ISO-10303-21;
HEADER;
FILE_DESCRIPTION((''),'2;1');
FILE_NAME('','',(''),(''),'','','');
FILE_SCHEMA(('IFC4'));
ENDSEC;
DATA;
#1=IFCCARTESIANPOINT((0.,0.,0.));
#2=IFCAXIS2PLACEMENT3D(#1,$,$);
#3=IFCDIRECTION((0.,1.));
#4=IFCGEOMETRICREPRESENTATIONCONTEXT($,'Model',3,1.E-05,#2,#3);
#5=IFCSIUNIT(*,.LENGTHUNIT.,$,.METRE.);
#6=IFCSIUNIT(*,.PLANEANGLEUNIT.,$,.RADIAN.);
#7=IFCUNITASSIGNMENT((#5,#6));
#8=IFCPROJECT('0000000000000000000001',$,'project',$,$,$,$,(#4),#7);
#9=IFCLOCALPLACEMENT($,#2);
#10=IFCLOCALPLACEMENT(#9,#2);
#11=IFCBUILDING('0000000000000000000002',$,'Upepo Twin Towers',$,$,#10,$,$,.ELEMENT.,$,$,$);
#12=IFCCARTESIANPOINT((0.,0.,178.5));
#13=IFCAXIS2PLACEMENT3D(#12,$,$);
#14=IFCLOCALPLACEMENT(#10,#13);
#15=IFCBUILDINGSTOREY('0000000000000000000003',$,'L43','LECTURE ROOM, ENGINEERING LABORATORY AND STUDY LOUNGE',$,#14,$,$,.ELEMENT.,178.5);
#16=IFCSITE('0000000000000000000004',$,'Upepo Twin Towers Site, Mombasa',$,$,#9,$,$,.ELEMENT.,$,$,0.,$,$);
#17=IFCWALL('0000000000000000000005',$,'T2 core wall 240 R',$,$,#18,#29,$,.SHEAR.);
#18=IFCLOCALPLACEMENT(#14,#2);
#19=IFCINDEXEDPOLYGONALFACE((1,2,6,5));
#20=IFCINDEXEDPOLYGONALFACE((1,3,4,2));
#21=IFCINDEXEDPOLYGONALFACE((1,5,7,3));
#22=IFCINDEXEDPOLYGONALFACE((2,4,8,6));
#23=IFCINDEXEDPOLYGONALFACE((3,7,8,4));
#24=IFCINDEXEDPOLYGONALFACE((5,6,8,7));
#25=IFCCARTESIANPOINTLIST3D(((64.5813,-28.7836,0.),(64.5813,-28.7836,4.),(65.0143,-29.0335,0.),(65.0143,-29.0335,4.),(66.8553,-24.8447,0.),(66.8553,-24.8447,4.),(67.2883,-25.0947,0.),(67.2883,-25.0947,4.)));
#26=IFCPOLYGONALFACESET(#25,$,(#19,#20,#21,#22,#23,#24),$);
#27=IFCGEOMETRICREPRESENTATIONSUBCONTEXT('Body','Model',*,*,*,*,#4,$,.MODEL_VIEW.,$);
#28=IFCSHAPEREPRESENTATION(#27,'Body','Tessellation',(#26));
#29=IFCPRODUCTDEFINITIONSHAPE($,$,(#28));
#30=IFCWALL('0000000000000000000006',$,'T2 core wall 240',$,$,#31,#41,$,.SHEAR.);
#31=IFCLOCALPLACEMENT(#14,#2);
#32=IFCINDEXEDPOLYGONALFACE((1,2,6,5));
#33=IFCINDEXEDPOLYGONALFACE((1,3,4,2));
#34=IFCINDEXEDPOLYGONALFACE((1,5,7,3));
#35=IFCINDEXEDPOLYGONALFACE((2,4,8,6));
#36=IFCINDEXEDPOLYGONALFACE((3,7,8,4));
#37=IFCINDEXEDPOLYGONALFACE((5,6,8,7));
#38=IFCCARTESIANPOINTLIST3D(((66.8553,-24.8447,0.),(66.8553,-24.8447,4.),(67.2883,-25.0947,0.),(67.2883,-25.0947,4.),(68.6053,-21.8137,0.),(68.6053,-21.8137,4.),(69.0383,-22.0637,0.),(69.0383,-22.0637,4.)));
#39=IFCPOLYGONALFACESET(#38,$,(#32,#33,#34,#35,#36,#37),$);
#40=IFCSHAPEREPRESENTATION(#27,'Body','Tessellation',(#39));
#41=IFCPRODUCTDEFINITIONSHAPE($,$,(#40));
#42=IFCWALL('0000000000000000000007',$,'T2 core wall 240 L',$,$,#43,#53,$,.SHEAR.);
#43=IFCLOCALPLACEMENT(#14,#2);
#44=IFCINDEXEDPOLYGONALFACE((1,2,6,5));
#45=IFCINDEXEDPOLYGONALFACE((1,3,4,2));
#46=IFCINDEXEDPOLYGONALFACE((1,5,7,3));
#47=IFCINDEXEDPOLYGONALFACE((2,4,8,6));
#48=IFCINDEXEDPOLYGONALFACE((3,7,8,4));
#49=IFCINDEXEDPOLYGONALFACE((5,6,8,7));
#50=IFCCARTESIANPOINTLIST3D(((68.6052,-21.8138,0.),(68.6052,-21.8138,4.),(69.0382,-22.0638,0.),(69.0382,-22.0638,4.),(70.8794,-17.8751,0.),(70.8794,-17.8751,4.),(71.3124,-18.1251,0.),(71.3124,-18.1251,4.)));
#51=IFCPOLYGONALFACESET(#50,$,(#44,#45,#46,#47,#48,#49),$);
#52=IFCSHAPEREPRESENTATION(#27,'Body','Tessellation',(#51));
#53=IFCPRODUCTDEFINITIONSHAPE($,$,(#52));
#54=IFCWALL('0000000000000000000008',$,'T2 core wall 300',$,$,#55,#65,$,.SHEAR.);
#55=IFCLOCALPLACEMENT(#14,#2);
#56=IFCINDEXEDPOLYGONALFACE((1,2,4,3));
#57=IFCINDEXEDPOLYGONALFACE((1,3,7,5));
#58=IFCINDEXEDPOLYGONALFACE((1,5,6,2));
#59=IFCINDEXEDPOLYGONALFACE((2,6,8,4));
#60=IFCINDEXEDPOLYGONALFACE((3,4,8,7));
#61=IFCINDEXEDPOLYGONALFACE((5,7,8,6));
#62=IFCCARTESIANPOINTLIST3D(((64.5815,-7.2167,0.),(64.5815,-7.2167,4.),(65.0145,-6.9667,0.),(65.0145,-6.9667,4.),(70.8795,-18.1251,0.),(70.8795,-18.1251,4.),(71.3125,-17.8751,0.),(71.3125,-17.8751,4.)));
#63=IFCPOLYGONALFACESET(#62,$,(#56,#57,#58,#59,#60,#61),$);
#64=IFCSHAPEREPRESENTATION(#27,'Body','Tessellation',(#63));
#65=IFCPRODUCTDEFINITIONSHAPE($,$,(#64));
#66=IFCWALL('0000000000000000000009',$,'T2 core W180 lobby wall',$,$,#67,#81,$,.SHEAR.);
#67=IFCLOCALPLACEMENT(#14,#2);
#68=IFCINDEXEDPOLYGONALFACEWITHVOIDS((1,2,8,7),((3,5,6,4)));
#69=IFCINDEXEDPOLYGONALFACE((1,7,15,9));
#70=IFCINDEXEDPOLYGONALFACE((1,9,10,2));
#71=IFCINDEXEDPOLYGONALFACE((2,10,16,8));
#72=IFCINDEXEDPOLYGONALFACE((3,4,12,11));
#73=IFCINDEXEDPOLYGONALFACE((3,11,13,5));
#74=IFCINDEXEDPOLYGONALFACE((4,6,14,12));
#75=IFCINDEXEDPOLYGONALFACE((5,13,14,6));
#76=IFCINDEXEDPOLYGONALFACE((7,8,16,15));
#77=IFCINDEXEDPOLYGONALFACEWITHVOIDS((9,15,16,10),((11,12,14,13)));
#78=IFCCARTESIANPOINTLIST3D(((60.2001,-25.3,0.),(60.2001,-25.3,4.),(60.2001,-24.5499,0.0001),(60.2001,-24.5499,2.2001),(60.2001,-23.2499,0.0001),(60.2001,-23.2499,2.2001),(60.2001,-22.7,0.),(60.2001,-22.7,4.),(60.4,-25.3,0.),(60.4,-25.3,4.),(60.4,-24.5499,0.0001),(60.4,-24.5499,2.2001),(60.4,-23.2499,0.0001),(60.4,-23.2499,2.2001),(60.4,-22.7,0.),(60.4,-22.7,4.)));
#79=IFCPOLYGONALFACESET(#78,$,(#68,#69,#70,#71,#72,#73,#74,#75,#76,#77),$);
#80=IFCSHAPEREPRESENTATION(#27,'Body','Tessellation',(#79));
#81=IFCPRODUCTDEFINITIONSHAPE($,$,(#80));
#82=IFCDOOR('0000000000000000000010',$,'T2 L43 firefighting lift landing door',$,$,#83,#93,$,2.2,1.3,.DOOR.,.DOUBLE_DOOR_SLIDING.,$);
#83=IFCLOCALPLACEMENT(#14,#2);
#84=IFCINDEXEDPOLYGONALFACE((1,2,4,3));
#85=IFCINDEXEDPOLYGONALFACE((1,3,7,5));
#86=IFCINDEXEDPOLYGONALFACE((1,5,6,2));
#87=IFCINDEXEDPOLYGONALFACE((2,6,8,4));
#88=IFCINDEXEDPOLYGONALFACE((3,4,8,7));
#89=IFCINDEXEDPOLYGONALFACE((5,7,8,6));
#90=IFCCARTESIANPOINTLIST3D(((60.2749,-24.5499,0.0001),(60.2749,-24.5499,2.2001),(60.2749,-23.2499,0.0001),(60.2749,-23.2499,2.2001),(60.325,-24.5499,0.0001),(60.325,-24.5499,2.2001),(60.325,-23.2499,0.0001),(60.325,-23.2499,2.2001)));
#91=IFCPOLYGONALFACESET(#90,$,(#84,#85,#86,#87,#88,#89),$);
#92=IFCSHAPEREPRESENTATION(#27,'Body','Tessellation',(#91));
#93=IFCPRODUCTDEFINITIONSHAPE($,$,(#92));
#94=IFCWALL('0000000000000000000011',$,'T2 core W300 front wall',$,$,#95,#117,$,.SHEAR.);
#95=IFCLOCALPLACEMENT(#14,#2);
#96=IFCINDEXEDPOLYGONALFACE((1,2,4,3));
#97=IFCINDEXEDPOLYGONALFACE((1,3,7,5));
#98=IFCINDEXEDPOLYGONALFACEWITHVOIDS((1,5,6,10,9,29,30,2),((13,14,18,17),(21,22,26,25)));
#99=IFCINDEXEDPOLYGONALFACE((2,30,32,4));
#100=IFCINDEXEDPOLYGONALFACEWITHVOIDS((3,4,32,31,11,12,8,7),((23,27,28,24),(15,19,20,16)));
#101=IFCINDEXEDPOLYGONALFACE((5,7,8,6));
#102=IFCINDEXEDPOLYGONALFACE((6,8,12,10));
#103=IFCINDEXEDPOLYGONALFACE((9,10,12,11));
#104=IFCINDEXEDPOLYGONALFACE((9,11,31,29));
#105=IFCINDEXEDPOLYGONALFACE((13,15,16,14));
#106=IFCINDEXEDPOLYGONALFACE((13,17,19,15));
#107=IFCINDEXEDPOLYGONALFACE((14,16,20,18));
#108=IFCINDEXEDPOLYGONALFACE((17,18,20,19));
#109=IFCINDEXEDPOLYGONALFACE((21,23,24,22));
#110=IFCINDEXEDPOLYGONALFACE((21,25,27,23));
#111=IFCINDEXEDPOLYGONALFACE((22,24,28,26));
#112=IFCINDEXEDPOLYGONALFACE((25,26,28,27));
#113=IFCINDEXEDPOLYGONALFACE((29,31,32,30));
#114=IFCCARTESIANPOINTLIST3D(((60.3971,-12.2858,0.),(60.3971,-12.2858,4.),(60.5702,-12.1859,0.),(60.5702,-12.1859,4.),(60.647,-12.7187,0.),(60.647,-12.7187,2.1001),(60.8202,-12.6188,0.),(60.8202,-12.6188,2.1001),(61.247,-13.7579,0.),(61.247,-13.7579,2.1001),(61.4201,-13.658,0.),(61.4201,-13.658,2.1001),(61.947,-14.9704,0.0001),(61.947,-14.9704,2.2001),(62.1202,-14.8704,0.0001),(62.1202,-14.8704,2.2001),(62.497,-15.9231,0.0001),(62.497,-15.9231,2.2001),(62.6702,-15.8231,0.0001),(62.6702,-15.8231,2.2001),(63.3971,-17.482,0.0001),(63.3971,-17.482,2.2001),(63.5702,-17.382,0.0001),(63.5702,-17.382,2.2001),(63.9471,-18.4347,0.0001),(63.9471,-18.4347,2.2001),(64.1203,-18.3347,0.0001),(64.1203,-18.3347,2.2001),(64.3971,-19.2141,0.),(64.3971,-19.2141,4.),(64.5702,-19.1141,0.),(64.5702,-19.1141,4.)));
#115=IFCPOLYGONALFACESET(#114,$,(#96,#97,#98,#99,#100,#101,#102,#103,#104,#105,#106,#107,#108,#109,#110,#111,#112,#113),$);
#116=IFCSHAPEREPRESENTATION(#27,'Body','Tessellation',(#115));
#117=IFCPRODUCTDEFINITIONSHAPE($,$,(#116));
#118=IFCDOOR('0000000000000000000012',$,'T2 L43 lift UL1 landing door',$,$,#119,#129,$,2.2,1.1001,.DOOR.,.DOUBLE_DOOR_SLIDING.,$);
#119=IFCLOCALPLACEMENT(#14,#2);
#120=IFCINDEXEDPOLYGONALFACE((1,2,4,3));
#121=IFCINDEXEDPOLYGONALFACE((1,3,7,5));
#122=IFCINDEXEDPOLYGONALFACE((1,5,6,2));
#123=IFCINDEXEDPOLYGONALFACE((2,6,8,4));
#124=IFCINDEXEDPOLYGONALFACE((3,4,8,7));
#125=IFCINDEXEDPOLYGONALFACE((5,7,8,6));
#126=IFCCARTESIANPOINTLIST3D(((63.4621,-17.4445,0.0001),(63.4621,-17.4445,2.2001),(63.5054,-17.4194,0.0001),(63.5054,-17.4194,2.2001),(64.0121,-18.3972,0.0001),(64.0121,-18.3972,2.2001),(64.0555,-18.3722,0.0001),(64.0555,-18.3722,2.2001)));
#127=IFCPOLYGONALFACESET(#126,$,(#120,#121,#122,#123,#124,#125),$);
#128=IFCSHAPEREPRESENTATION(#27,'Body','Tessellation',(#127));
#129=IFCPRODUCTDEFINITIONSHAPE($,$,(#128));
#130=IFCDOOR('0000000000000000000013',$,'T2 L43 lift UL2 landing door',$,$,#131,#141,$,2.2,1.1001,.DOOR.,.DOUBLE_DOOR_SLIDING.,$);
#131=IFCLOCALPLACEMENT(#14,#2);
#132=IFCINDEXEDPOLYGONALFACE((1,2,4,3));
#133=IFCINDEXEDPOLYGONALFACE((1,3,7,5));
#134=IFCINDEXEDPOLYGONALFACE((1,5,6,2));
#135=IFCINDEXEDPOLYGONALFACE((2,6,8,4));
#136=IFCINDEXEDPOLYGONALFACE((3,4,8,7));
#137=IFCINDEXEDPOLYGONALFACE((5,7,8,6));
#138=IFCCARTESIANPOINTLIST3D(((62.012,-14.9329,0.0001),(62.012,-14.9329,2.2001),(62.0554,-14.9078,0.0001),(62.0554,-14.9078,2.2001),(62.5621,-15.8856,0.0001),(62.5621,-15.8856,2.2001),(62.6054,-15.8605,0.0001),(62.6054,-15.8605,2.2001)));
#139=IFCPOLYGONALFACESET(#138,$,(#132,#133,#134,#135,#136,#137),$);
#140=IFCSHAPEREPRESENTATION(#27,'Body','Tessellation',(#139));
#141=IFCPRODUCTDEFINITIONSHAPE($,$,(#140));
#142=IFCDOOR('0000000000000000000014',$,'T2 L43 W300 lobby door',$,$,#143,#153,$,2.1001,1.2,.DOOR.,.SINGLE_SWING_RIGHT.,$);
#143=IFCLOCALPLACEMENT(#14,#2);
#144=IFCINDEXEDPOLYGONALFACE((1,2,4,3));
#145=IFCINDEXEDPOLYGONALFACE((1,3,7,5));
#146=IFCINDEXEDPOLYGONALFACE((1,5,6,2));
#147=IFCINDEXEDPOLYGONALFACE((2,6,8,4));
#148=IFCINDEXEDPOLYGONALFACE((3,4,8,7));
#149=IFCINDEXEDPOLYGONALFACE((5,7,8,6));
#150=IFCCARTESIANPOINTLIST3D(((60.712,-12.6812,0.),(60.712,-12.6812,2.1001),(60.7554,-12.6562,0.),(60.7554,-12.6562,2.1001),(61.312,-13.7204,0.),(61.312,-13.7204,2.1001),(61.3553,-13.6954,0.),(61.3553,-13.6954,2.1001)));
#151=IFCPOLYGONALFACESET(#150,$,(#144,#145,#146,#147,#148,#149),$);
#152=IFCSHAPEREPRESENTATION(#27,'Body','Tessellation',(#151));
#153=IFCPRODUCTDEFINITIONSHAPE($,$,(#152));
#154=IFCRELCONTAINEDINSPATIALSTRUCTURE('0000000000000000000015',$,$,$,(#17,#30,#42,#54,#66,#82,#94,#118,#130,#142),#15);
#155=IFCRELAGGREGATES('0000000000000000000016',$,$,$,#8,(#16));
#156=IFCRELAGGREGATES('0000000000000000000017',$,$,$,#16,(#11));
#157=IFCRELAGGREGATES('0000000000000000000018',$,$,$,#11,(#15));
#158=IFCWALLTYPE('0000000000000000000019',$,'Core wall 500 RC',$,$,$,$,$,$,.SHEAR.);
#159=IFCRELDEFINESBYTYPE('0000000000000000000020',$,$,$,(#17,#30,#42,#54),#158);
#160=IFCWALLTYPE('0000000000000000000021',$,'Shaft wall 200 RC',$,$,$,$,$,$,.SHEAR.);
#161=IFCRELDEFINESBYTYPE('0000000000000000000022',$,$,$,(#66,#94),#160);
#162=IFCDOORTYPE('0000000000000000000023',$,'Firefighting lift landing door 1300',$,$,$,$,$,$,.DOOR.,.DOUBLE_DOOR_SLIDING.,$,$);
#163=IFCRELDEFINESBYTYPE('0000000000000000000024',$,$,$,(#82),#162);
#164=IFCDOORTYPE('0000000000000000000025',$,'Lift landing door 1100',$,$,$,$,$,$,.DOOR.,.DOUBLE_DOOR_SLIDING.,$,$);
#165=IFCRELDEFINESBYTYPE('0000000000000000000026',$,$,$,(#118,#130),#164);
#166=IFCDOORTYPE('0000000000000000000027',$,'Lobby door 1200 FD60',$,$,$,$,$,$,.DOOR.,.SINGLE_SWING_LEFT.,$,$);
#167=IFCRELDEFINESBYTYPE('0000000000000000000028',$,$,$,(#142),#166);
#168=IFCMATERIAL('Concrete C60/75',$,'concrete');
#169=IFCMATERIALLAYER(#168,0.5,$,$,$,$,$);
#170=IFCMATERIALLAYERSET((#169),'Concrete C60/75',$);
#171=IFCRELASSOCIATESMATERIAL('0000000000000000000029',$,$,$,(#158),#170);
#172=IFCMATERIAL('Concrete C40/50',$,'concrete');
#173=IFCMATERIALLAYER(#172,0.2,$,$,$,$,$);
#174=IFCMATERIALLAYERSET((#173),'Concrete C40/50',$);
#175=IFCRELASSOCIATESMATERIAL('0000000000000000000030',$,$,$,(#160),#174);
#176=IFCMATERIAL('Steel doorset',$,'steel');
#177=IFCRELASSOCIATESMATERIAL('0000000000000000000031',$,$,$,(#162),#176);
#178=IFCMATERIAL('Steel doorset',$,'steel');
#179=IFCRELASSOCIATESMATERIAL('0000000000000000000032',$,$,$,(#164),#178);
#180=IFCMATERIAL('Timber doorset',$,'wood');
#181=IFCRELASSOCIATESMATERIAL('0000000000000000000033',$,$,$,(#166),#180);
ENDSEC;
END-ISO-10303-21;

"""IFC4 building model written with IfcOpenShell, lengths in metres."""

from ifc_helpers import new_model, si_unit, direction, frame, frame_2d, origin, place, context, subcontext, project, spatial, rectangle, extrude, material, layer, layer_set, type_object, element, fill, save


model = new_model("IFC4")

# Units and contexts
model_context = context("Model", 3, precision=1e-05, world=origin(), true_north=direction((0.0, 1.0)))
body_context = subcontext(model_context, "Body", "Model", "MODEL_VIEW")
ifc_project = project(units=[si_unit("LENGTHUNIT", "METRE"), si_unit("PLANEANGLEUNIT", "RADIAN")], contexts=[model_context])

# Site, building, storey
site_placement = place(None, origin())
site = spatial("IfcSite", under=ifc_project, at=site_placement, Name="Upepo Twin Towers Site, Mombasa", CompositionType="ELEMENT", RefElevation=0.0)
building_placement = place(site_placement, origin())
building = spatial("IfcBuilding", under=site, at=building_placement, Name="Upepo Twin Towers", CompositionType="ELEMENT")
storey_placement = place(building_placement, frame((0.0, 0.0, 178.5)))
storey = spatial("IfcBuildingStorey", under=building, at=storey_placement, Name="L43", Description="LECTURE ROOM, ENGINEERING LABORATORY AND STUDY LOUNGE", CompositionType="ELEMENT", Elevation=178.5)

# Walls
ifc_material_1 = material(Name="Concrete C60/75", Category="concrete")
ifc_layer_1 = layer(ifc_material_1, 0.5)
ifc_layer_set_1 = layer_set([ifc_layer_1], Name="Concrete C60/75")
wall_type_1 = type_object("IfcWallType", Name="Core wall 500 RC", PredefinedType="SHEAR", material=ifc_layer_set_1)
wall_1_placement = place(storey_placement, frame((64.7979, -28.9084, 0.0), z_axis=(0.0, 0.0, 1.0), x_axis=(0.499984, 0.866035, 0.0)))
element("IfcWall", 1, at=wall_1_placement, inside=storey, type_object=wall_type_1, Name="T2 core wall 240 R", PredefinedType="SHEAR", context=body_context, shape_type="SweptSolid", body=[
    extrude(rectangle(XDim=4.5481, YDim=0.5, at=frame_2d((2.2739, 0.0))), origin(), (0.0, 0.0, 1.0), 4.0),
])
wall_2_placement = place(storey_placement, frame((67.0718, -24.9697, 0.0), z_axis=(0.0, 0.0, 1.0), x_axis=(0.50001, 0.866019, 0.0)))
element("IfcWall", 2, at=wall_2_placement, inside=storey, type_object=wall_type_1, Name="T2 core wall 240", PredefinedType="SHEAR", context=body_context, shape_type="SweptSolid", body=[
    extrude(rectangle(XDim=3.5, YDim=0.5, at=frame_2d((1.75, 0.0))), origin(), (0.0, 0.0, 1.0), 4.0),
])
wall_3_placement = place(storey_placement, frame((68.8218, -21.9387, 0.0), z_axis=(0.0, 0.0, 1.0), x_axis=(0.500024, 0.866011, 0.0)))
element("IfcWall", 3, at=wall_3_placement, inside=storey, type_object=wall_type_1, Name="T2 core wall 240 L", PredefinedType="SHEAR", context=body_context, shape_type="SweptSolid", body=[
    extrude(rectangle(XDim=4.5481, YDim=0.5, at=frame_2d((2.2739, 0.0))), origin(), (0.0, 0.0, 1.0), 4.0),
])
wall_4_placement = place(storey_placement, frame((71.0959, -18.0, 0.0), z_axis=(0.0, 0.0, 1.0), x_axis=(-0.500006, 0.866022, 0.0)))
element("IfcWall", 4, at=wall_4_placement, inside=storey, type_object=wall_type_1, Name="T2 core wall 300", PredefinedType="SHEAR", context=body_context, shape_type="SweptSolid", body=[
    extrude(rectangle(XDim=12.5959, YDim=0.5, at=frame_2d((6.2979, 0.0))), origin(), (0.0, 0.0, 1.0), 4.0),
])

# Wall, opening, door
ifc_material_2 = material(Name="Concrete C40/50", Category="concrete")
ifc_layer_2 = layer(ifc_material_2, 0.2)
ifc_layer_set_2 = layer_set([ifc_layer_2], Name="Concrete C40/50")
wall_type_2 = type_object("IfcWallType", Name="Shaft wall 200 RC", PredefinedType="SHEAR", material=ifc_layer_set_2)
wall_5_placement = place(storey_placement, frame((60.3, -22.7, 0.0), z_axis=(0.0, 0.0, 1.0), x_axis=(0.0, -1.0, 0.0)))
wall_5 = element("IfcWall", 5, at=wall_5_placement, inside=storey, type_object=wall_type_2, Name="T2 core W180 lobby wall", PredefinedType="SHEAR", context=body_context, shape_type="SweptSolid", body=[
    extrude(rectangle(XDim=2.6001, YDim=0.2, at=frame_2d((1.3, 0.0))), origin(), (0.0, 0.0, 1.0), 4.0),
])
opening_1_placement = place(wall_5_placement, frame((0.55, 0.0, 0.0)))
opening_1 = element("IfcOpeningElement", 6, at=opening_1_placement, cuts=wall_5, PredefinedType="OPENING", context=body_context, shape_type="SweptSolid", body=[
    extrude(rectangle(XDim=1.3, YDim=2.2, at=frame_2d((0.6499, 1.1001))), frame((0.0, 0.1099, 0.0), z_axis=(0.0, -1.0, 0.0), x_axis=(1.0, 0.0, 0.0)), (0.0, 0.0, 1.0), 0.22),
])
ifc_material_3 = material(Name="Steel doorset", Category="steel")
door_type_1 = type_object("IfcDoorType", Name="Firefighting lift landing door 1300", OperationType="DOUBLE_DOOR_SLIDING", PredefinedType="DOOR", material=ifc_material_3)
door_1_placement = place(opening_1_placement, origin())
door_1 = element("IfcDoor", 7, at=door_1_placement, inside=storey, type_object=door_type_1, Name="T2 L43 firefighting lift landing door", OperationType="DOUBLE_DOOR_SLIDING", OverallHeight=2.2, OverallWidth=1.3, PredefinedType="DOOR", context=body_context, shape_type="SweptSolid", body=[
    extrude(rectangle(XDim=1.3, YDim=2.2, at=frame_2d((0.6499, 1.1001))), frame((0.0, 0.0249, 0.0), z_axis=(0.0, -1.0, 0.0), x_axis=(1.0, 0.0, 0.0)), (0.0, 0.0, 1.0), 0.05),
])
fill(opening_1, door_1)

# Wall, openings, doors
wall_6_placement = place(storey_placement, frame((64.4836, -19.1641, 0.0), z_axis=(0.0, 0.0, 1.0), x_axis=(-0.499999, 0.866026, 0.0)))
wall_6 = element("IfcWall", 8, at=wall_6_placement, inside=storey, type_object=wall_type_2, Name="T2 core W300 front wall", PredefinedType="SHEAR", context=body_context, shape_type="SweptSolid", body=[
    extrude(rectangle(XDim=8.0, YDim=0.2, at=frame_2d((4.0, 0.0))), origin(), (0.0, 0.0, 1.0), 4.0),
])
opening_2_placement = place(wall_6_placement, frame((6.3, 0.0, 0.0)))
opening_2 = element("IfcOpeningElement", 9, at=opening_2_placement, cuts=wall_6, PredefinedType="OPENING", context=body_context, shape_type="SweptSolid", body=[
    extrude(rectangle(XDim=1.2, YDim=2.1001, at=frame_2d((0.6001, 1.05))), frame((0.0, 0.1099, 0.0), z_axis=(0.0, -1.0, 0.0), x_axis=(1.0, 0.0, 0.0)), (0.0, 0.0, 1.0), 0.22),
])
opening_3_placement = place(wall_6_placement, frame((0.8999, 0.0, 0.0)))
opening_3 = element("IfcOpeningElement", 10, at=opening_3_placement, cuts=wall_6, PredefinedType="OPENING", context=body_context, shape_type="SweptSolid", body=[
    extrude(rectangle(XDim=1.1001, YDim=2.2, at=frame_2d((0.55, 1.1001))), frame((0.0, 0.1099, 0.0), z_axis=(0.0, -1.0, 0.0), x_axis=(1.0, 0.0, 0.0)), (0.0, 0.0, 1.0), 0.22),
])
opening_4_placement = place(wall_6_placement, frame((3.8, 0.0, 0.0)))
opening_4 = element("IfcOpeningElement", 11, at=opening_4_placement, cuts=wall_6, PredefinedType="OPENING", context=body_context, shape_type="SweptSolid", body=[
    extrude(rectangle(XDim=1.1001, YDim=2.2, at=frame_2d((0.55, 1.1001))), frame((0.0, 0.1099, 0.0), z_axis=(0.0, -1.0, 0.0), x_axis=(1.0, 0.0, 0.0)), (0.0, 0.0, 1.0), 0.22),
])
ifc_material_4 = material(Name="Steel doorset", Category="steel")
door_type_2 = type_object("IfcDoorType", Name="Lift landing door 1100", OperationType="DOUBLE_DOOR_SLIDING", PredefinedType="DOOR", material=ifc_material_4)
door_2_placement = place(opening_3_placement, origin())
door_2 = element("IfcDoor", 12, at=door_2_placement, inside=storey, type_object=door_type_2, Name="T2 L43 lift UL1 landing door", OperationType="DOUBLE_DOOR_SLIDING", OverallHeight=2.2, OverallWidth=1.1001, PredefinedType="DOOR", context=body_context, shape_type="SweptSolid", body=[
    extrude(rectangle(XDim=1.1001, YDim=2.2, at=frame_2d((0.55, 1.1001))), frame((0.0, 0.0249, 0.0), z_axis=(0.0, -1.0, 0.0), x_axis=(1.0, 0.0, 0.0)), (0.0, 0.0, 1.0), 0.05),
])
fill(opening_3, door_2)
door_3_placement = place(opening_4_placement, origin())
door_3 = element("IfcDoor", 13, at=door_3_placement, inside=storey, type_object=door_type_2, Name="T2 L43 lift UL2 landing door", OperationType="DOUBLE_DOOR_SLIDING", OverallHeight=2.2, OverallWidth=1.1001, PredefinedType="DOOR", context=body_context, shape_type="SweptSolid", body=[
    extrude(rectangle(XDim=1.1001, YDim=2.2, at=frame_2d((0.55, 1.1001))), frame((0.0, 0.0249, 0.0), z_axis=(0.0, -1.0, 0.0), x_axis=(1.0, 0.0, 0.0)), (0.0, 0.0, 1.0), 0.05),
])
fill(opening_4, door_3)
ifc_material_5 = material(Name="Timber doorset", Category="wood")
door_type_3 = type_object("IfcDoorType", Name="Lobby door 1200 FD60", OperationType="SINGLE_SWING_LEFT", PredefinedType="DOOR", material=ifc_material_5)
door_4_placement = place(opening_2_placement, origin())
door_4 = element("IfcDoor", 14, at=door_4_placement, inside=storey, type_object=door_type_3, Name="T2 L43 W300 lobby door", OperationType="SINGLE_SWING_RIGHT", OverallHeight=2.1001, OverallWidth=1.2, PredefinedType="DOOR", context=body_context, shape_type="SweptSolid", body=[
    extrude(rectangle(XDim=1.2, YDim=2.1001, at=frame_2d((0.6001, 1.05))), frame((0.0, 0.0249, 0.0), z_axis=(0.0, -1.0, 0.0), x_axis=(1.0, 0.0, 0.0)), (0.0, 0.0, 1.0), 0.05),
])
fill(opening_2, door_4)

save(model, "model.ifc")
